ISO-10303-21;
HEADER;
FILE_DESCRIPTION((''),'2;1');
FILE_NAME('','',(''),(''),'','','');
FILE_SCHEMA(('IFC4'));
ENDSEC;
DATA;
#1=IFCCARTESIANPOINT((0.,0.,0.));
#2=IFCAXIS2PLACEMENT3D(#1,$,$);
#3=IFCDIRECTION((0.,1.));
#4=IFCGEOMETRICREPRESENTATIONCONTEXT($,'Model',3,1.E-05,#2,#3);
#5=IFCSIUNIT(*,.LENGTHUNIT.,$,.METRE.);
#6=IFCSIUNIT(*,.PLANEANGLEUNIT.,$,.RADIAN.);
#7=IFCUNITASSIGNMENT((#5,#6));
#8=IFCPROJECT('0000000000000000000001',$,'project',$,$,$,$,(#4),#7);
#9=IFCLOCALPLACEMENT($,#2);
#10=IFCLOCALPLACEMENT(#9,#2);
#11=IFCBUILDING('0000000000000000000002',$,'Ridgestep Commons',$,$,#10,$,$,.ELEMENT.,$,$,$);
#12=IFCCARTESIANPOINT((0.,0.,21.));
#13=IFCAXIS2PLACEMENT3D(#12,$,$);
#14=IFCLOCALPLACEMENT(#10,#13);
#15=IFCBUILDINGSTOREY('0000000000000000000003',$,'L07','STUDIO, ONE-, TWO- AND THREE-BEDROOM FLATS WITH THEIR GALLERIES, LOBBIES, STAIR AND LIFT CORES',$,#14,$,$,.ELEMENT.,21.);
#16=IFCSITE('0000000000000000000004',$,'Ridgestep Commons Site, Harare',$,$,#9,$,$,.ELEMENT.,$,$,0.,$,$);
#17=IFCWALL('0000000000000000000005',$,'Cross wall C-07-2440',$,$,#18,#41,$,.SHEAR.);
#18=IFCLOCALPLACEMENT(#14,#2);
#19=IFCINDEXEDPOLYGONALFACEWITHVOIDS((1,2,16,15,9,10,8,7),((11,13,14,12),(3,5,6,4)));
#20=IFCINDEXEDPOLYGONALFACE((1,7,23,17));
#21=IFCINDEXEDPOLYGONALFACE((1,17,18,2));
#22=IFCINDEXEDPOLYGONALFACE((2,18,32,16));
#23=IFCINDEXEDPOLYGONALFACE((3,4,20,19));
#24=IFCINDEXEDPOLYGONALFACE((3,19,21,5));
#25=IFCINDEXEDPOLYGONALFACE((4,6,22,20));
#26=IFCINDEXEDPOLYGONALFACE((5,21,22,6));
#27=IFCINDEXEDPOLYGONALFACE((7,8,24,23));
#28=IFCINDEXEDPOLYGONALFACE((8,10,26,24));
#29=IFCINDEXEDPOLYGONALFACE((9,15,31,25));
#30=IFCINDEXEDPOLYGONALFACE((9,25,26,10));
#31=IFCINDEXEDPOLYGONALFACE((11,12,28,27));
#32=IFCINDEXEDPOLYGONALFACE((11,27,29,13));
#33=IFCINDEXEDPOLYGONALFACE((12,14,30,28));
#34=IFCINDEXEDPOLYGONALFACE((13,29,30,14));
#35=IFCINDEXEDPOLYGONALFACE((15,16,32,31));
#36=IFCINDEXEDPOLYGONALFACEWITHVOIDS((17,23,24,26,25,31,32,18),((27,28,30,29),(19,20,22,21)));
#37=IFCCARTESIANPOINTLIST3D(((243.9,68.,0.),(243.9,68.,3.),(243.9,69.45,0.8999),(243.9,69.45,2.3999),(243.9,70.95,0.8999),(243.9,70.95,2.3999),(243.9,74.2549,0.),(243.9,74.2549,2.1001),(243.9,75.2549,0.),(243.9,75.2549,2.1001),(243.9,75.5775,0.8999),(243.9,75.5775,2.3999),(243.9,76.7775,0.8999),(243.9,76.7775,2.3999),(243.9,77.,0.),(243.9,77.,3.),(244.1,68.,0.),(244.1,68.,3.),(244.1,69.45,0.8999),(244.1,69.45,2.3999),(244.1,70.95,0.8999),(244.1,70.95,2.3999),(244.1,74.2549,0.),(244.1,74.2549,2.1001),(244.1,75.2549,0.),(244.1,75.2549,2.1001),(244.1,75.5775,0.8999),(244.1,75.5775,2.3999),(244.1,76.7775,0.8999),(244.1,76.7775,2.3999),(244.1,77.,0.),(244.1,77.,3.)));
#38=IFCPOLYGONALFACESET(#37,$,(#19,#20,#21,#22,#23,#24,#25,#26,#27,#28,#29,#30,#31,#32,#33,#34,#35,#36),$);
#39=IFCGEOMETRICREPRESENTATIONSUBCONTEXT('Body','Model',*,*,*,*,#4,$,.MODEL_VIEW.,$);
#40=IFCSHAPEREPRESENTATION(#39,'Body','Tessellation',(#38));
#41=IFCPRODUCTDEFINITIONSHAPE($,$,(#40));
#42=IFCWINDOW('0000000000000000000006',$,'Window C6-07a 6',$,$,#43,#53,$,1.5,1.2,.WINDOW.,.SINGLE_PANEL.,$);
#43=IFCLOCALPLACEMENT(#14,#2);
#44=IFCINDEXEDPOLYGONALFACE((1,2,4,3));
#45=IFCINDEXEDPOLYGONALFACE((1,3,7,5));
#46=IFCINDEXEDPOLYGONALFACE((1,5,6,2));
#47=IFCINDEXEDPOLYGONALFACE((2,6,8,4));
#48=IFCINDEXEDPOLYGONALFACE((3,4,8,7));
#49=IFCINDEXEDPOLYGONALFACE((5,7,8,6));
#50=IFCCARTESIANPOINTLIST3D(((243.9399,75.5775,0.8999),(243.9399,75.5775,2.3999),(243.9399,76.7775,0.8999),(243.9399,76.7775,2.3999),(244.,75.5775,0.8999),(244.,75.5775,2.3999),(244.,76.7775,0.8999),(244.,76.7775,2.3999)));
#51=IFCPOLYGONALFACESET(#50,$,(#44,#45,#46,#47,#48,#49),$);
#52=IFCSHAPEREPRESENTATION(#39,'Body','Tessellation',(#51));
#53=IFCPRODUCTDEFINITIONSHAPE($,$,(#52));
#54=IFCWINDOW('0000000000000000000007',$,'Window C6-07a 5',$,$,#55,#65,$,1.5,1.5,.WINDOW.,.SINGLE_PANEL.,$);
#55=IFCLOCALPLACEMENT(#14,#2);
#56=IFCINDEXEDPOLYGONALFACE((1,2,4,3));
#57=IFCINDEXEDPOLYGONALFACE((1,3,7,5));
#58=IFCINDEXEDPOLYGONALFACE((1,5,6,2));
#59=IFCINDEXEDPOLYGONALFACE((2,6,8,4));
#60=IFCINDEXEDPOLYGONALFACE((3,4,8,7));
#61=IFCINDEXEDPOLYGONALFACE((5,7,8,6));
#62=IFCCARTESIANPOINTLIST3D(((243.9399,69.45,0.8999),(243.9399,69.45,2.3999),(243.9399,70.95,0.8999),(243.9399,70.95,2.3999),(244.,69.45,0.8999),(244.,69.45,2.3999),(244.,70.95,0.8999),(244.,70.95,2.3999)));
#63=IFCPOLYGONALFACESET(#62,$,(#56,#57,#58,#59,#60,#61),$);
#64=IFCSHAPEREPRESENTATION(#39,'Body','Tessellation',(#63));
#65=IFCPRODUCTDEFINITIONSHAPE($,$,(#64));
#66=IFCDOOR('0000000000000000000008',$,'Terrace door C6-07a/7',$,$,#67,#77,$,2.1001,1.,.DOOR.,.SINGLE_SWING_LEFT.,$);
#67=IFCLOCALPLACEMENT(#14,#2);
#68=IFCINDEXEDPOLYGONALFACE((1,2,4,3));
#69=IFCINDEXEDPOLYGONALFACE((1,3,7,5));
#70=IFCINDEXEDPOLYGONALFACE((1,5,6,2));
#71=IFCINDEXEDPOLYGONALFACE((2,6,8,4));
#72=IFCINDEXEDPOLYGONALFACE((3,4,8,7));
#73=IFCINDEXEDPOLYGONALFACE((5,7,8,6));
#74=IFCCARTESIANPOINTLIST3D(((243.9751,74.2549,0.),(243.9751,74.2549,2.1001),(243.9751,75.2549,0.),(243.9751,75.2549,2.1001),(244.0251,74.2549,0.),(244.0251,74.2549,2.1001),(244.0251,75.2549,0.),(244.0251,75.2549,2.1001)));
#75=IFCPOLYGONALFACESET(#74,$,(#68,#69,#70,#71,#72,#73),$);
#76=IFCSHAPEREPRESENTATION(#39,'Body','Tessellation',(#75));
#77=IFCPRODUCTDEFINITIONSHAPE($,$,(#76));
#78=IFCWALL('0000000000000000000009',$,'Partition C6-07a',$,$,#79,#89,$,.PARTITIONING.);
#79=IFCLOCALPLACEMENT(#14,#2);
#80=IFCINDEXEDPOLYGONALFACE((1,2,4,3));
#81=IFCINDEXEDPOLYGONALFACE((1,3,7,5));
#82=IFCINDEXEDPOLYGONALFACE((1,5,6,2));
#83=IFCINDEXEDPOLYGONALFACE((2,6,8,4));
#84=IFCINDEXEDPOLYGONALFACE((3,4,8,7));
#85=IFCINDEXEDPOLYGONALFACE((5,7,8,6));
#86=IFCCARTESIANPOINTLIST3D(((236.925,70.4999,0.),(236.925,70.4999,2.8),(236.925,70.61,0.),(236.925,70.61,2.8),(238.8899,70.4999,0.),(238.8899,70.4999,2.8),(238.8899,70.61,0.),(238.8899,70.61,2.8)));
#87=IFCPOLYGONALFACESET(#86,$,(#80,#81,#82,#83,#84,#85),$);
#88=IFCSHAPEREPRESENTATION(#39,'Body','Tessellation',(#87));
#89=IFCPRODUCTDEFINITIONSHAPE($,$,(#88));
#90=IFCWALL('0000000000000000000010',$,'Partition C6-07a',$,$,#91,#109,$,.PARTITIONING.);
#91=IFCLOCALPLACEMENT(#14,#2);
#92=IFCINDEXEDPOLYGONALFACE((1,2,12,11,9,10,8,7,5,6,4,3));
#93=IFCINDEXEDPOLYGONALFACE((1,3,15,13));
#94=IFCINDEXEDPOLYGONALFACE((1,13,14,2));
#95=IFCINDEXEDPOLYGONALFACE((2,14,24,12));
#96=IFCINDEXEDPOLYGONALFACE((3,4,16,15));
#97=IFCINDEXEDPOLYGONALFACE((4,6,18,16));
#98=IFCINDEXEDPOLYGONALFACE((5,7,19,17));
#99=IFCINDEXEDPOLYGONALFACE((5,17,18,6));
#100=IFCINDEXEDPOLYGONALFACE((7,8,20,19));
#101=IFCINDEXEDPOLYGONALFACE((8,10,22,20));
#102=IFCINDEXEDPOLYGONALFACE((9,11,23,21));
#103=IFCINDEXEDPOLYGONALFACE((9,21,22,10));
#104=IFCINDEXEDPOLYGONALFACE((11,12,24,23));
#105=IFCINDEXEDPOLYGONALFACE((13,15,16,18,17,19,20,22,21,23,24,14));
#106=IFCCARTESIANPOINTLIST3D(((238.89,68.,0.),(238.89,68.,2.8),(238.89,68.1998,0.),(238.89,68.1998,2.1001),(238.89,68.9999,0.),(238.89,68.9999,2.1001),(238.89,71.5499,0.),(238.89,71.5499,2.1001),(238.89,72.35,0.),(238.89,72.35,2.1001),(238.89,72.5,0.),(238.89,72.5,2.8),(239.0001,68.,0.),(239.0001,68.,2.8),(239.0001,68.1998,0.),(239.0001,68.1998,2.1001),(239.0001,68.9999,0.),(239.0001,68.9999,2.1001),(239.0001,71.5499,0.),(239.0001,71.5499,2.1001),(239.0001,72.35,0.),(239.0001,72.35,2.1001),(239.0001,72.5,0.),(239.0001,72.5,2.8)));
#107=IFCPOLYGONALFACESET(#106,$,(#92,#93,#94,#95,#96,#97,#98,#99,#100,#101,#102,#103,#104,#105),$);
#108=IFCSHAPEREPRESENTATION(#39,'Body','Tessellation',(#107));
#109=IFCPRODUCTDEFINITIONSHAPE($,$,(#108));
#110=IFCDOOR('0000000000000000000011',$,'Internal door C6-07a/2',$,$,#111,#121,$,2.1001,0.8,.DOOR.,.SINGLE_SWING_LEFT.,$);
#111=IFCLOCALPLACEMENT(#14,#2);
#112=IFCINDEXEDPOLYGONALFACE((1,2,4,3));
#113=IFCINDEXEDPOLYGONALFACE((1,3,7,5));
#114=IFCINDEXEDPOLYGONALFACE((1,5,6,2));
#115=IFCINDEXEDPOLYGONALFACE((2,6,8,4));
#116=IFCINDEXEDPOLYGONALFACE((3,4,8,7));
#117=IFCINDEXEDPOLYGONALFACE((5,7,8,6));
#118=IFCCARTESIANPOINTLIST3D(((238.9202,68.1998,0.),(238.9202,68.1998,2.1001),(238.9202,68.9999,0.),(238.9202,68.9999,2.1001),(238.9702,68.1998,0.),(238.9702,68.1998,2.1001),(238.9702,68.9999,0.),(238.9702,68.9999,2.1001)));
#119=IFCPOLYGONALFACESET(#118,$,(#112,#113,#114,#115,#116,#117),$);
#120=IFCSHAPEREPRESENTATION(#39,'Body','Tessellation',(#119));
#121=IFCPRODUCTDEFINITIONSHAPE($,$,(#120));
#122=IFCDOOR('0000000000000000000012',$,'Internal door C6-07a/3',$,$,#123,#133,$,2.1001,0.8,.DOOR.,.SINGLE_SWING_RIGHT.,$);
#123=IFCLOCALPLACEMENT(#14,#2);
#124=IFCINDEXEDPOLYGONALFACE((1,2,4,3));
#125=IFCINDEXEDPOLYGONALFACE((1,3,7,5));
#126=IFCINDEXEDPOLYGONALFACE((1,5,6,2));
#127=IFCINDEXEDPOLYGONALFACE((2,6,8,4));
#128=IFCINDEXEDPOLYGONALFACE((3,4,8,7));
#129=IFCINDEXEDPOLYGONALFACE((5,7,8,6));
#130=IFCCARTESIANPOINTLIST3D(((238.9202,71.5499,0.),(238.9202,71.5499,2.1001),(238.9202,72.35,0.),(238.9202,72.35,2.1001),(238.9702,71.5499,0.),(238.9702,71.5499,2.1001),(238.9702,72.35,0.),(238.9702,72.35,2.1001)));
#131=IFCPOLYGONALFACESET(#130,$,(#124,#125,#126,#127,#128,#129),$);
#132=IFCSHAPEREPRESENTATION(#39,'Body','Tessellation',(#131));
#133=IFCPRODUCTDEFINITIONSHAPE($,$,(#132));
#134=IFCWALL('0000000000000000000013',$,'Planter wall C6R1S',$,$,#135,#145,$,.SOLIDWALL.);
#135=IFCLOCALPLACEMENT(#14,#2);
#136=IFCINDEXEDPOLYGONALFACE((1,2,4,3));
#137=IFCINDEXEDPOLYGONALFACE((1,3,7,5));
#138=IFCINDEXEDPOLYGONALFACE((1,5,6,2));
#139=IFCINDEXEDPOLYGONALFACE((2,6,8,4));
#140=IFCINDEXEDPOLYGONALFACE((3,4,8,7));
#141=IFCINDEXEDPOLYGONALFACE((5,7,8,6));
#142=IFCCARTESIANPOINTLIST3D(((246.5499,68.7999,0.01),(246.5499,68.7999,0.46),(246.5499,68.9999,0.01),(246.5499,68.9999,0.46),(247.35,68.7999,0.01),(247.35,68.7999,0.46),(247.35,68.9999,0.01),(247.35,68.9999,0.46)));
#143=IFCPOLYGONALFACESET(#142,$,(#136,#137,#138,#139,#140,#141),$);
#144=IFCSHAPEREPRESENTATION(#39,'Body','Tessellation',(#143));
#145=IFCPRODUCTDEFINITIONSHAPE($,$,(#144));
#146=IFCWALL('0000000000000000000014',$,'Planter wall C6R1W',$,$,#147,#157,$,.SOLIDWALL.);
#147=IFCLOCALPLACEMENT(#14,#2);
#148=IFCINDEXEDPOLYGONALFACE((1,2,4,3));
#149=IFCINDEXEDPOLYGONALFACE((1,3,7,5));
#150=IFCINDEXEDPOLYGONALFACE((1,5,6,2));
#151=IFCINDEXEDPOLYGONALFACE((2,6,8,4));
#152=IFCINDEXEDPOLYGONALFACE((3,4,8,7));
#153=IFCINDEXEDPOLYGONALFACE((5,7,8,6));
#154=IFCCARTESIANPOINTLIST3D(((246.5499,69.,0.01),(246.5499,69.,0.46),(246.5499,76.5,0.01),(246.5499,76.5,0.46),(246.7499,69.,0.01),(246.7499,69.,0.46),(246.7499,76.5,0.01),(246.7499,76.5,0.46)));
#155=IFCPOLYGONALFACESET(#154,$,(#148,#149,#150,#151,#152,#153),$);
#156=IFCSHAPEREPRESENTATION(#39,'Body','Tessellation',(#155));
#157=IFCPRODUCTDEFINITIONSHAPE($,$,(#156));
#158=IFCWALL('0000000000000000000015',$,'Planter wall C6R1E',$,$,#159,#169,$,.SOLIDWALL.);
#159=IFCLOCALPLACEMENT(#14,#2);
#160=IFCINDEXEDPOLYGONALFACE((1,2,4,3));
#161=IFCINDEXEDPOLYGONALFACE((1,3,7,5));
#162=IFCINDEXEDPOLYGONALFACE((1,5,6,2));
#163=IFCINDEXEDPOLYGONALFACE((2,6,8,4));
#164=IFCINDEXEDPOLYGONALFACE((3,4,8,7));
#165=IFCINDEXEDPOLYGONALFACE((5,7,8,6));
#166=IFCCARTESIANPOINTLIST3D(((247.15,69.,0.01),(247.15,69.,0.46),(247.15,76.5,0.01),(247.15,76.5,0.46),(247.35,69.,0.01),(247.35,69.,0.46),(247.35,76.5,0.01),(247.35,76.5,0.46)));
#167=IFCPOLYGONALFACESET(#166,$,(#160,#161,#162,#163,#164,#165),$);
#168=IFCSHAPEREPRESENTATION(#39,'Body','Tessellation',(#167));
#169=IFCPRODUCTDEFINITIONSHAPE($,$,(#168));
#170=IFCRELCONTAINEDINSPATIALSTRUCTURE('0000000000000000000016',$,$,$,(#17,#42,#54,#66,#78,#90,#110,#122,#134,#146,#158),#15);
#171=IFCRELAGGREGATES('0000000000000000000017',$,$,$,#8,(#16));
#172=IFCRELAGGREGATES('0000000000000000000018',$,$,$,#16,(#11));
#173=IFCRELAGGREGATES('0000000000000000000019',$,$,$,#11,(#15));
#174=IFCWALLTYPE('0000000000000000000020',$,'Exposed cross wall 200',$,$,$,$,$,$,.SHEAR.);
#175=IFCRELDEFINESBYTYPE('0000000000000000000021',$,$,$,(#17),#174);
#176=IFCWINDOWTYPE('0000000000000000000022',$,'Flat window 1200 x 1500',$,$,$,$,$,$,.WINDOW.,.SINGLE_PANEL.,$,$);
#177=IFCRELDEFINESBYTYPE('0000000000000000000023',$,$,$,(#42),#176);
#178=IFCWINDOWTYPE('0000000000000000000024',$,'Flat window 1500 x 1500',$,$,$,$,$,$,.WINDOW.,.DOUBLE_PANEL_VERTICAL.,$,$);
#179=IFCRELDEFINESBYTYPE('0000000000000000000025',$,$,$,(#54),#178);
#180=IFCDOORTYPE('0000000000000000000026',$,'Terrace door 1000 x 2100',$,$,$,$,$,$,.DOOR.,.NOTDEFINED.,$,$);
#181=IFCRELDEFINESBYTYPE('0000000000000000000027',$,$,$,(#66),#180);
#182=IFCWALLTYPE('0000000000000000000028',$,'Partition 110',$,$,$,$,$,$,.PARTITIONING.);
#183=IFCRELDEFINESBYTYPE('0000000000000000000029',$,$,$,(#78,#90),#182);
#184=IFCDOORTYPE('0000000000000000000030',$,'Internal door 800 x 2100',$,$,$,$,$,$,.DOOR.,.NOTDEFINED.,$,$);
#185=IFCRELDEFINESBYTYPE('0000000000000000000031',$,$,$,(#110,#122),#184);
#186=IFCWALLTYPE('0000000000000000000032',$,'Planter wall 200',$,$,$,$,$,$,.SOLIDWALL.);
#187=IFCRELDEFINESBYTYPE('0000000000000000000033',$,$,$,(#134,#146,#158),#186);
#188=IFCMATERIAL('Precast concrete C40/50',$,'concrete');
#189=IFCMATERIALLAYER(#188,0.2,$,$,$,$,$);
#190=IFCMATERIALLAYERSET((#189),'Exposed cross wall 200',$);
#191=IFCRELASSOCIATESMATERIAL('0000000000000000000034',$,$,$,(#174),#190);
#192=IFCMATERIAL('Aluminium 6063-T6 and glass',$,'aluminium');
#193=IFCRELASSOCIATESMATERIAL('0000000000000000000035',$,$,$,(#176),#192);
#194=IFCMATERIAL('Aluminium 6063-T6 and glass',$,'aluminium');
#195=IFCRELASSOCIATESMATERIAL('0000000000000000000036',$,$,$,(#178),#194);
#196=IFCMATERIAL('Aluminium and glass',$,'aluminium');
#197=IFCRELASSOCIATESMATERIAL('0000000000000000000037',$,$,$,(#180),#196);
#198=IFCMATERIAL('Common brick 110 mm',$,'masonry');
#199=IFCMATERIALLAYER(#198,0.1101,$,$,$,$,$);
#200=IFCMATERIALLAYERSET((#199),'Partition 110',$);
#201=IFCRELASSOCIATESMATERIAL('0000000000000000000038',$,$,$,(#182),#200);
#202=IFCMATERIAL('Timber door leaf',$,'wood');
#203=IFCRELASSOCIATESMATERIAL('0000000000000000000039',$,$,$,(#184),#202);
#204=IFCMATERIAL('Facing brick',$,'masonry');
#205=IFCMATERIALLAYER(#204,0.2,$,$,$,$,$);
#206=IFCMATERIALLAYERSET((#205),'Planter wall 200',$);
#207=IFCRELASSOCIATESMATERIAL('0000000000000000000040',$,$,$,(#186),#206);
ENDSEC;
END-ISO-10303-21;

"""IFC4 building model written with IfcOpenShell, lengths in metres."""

from ifc_helpers import new_model, si_unit, direction, frame, frame_2d, origin, place, context, subcontext, project, spatial, rectangle, extrude, material, layer, layer_set, type_object, element, fill, save


model = new_model("IFC4")

# Units and contexts
model_context = context("Model", 3, precision=1e-05, world=origin(), true_north=direction((0.0, 1.0)))
body_context = subcontext(model_context, "Body", "Model", "MODEL_VIEW")
ifc_project = project(units=[si_unit("LENGTHUNIT", "METRE"), si_unit("PLANEANGLEUNIT", "RADIAN")], contexts=[model_context])

# Site, building, storey
site_placement = place(None, origin())
site = spatial("IfcSite", under=ifc_project, at=site_placement, Name="Ridgestep Commons Site, Harare", CompositionType="ELEMENT", RefElevation=0.0)
building_placement = place(site_placement, origin())
building = spatial("IfcBuilding", under=site, at=building_placement, Name="Ridgestep Commons", CompositionType="ELEMENT")
storey_placement = place(building_placement, frame((0.0, 0.0, 21.0)))
storey = spatial("IfcBuildingStorey", under=building, at=storey_placement, Name="L07", Description="STUDIO, ONE-, TWO- AND THREE-BEDROOM FLATS WITH THEIR GALLERIES, LOBBIES, STAIR AND LIFT CORES", CompositionType="ELEMENT", Elevation=21.0)

# Wall, openings, windows, door
ifc_material_1 = material(Name="Precast concrete C40/50", Category="concrete")
ifc_layer_1 = layer(ifc_material_1, 0.2)
ifc_layer_set_1 = layer_set([ifc_layer_1], Name="Exposed cross wall 200")
wall_type_1 = type_object("IfcWallType", Name="Exposed cross wall 200", PredefinedType="SHEAR", material=ifc_layer_set_1)
wall_1_placement = place(storey_placement, frame((244.0, 68.0, 0.0), z_axis=(0.0, 0.0, 1.0), x_axis=(0.0, 1.0, 0.0)))
wall_1 = element("IfcWall", 1, at=wall_1_placement, inside=storey, type_object=wall_type_1, Name="Cross wall C-07-2440", PredefinedType="SHEAR", context=body_context, shape_type="SweptSolid", body=[
    extrude(rectangle(XDim=9.0, YDim=0.2, at=frame_2d((4.5, 0.0))), origin(), (0.0, 0.0, 1.0), 3.0),
])
opening_1_placement = place(wall_1_placement, frame((1.45, 0.0, 0.8999)))
opening_1 = element("IfcOpeningElement", 2, at=opening_1_placement, cuts=wall_1, PredefinedType="OPENING", context=body_context, shape_type="SweptSolid", body=[
    extrude(rectangle(XDim=1.5, YDim=1.5, at=frame_2d((0.75, 0.75))), frame((0.0, 0.1099, 0.0), z_axis=(0.0, -1.0, 0.0), x_axis=(1.0, 0.0, 0.0)), (0.0, 0.0, 1.0), 0.22),
])
opening_2_placement = place(wall_1_placement, frame((7.5774, 0.0, 0.8999)))
opening_2 = element("IfcOpeningElement", 3, at=opening_2_placement, cuts=wall_1, PredefinedType="OPENING", context=body_context, shape_type="SweptSolid", body=[
    extrude(rectangle(XDim=1.2, YDim=1.5, at=frame_2d((0.6001, 0.75))), frame((0.0, 0.1099, 0.0), z_axis=(0.0, -1.0, 0.0), x_axis=(1.0, 0.0, 0.0)), (0.0, 0.0, 1.0), 0.22),
])
opening_3_placement = place(wall_1_placement, frame((6.2549, 0.0, 0.0)))
opening_3 = element("IfcOpeningElement", 4, at=opening_3_placement, cuts=wall_1, PredefinedType="OPENING", context=body_context, shape_type="SweptSolid", body=[
    extrude(rectangle(XDim=1.0, YDim=2.1001, at=frame_2d((0.5, 1.05))), frame((0.0, 0.1099, 0.0), z_axis=(0.0, -1.0, 0.0), x_axis=(1.0, 0.0, 0.0)), (0.0, 0.0, 1.0), 0.22),
])
ifc_material_2 = material(Name="Aluminium 6063-T6 and glass", Category="aluminium")
window_type_1 = type_object("IfcWindowType", Name="Flat window 1200 x 1500", PartitioningType="SINGLE_PANEL", PredefinedType="WINDOW", material=ifc_material_2)
window_1_placement = place(opening_2_placement, origin())
window_1 = element("IfcWindow", 5, at=window_1_placement, inside=storey, type_object=window_type_1, Name="Window C6-07a 6", OverallHeight=1.5, OverallWidth=1.2, PartitioningType="SINGLE_PANEL", PredefinedType="WINDOW", context=body_context, shape_type="SweptSolid", body=[
    extrude(rectangle(XDim=1.2, YDim=1.5, at=frame_2d((0.6001, 0.75))), frame((0.0, 0.0601, 0.0), z_axis=(0.0, -1.0, 0.0), x_axis=(1.0, 0.0, 0.0)), (0.0, 0.0, 1.0), 0.0601),
])
fill(opening_2, window_1)
ifc_material_3 = material(Name="Aluminium 6063-T6 and glass", Category="aluminium")
window_type_2 = type_object("IfcWindowType", Name="Flat window 1500 x 1500", PartitioningType="DOUBLE_PANEL_VERTICAL", PredefinedType="WINDOW", material=ifc_material_3)
window_2_placement = place(opening_1_placement, origin())
window_2 = element("IfcWindow", 6, at=window_2_placement, inside=storey, type_object=window_type_2, Name="Window C6-07a 5", OverallHeight=1.5, OverallWidth=1.5, PartitioningType="SINGLE_PANEL", PredefinedType="WINDOW", context=body_context, shape_type="SweptSolid", body=[
    extrude(rectangle(XDim=1.5, YDim=1.5, at=frame_2d((0.75, 0.75))), frame((0.0, 0.0601, 0.0), z_axis=(0.0, -1.0, 0.0), x_axis=(1.0, 0.0, 0.0)), (0.0, 0.0, 1.0), 0.0601),
])
fill(opening_1, window_2)
ifc_material_4 = material(Name="Aluminium and glass", Category="aluminium")
door_type_1 = type_object("IfcDoorType", Name="Terrace door 1000 x 2100", OperationType="NOTDEFINED", PredefinedType="DOOR", material=ifc_material_4)
door_1_placement = place(opening_3_placement, origin())
door_1 = element("IfcDoor", 7, at=door_1_placement, inside=storey, type_object=door_type_1, Name="Terrace door C6-07a/7", OperationType="SINGLE_SWING_LEFT", OverallHeight=2.1001, OverallWidth=1.0, PredefinedType="DOOR", context=body_context, shape_type="SweptSolid", body=[
    extrude(rectangle(XDim=1.0, YDim=2.1001, at=frame_2d((0.5, 1.05))), frame((0.0, 0.0249, 0.0), z_axis=(0.0, -1.0, 0.0), x_axis=(1.0, 0.0, 0.0)), (0.0, 0.0, 1.0), 0.05),
])
fill(opening_3, door_1)

# Wall
ifc_material_5 = material(Name="Common brick 110 mm", Category="masonry")
ifc_layer_2 = layer(ifc_material_5, 0.1101)
ifc_layer_set_2 = layer_set([ifc_layer_2], Name="Partition 110")
wall_type_2 = type_object("IfcWallType", Name="Partition 110", PredefinedType="PARTITIONING", material=ifc_layer_set_2)
wall_2_placement = place(storey_placement, frame((236.925, 70.5549, 0.0), z_axis=(0.0, 0.0, 1.0), x_axis=(1.0, 0.0, 0.0)))
element("IfcWall", 8, at=wall_2_placement, inside=storey, type_object=wall_type_2, Name="Partition C6-07a", PredefinedType="PARTITIONING", context=body_context, shape_type="SweptSolid", body=[
    extrude(rectangle(XDim=1.9648, YDim=0.1101, at=frame_2d((0.9824, 0.0))), origin(), (0.0, 0.0, 1.0), 2.8),
])

# Wall, openings, doors
wall_3_placement = place(storey_placement, frame((238.9451, 68.0, 0.0), z_axis=(0.0, 0.0, 1.0), x_axis=(0.0, 1.0, 0.0)))
wall_3 = element("IfcWall", 9, at=wall_3_placement, inside=storey, type_object=wall_type_2, Name="Partition C6-07a", PredefinedType="PARTITIONING", context=body_context, shape_type="SweptSolid", body=[
    extrude(rectangle(XDim=4.5, YDim=0.1101, at=frame_2d((2.25, 0.0))), origin(), (0.0, 0.0, 1.0), 2.8),
])
opening_4_placement = place(wall_3_placement, frame((0.2, 0.0, 0.0)))
opening_4 = element("IfcOpeningElement", 10, at=opening_4_placement, cuts=wall_3, PredefinedType="OPENING", context=body_context, shape_type="SweptSolid", body=[
    extrude(rectangle(XDim=0.8, YDim=2.1001, at=frame_2d((0.3999, 1.05))), frame((0.0, 0.0649, 0.0), z_axis=(0.0, -1.0, 0.0), x_axis=(1.0, 0.0, 0.0)), (0.0, 0.0, 1.0), 0.1301),
])
opening_5_placement = place(wall_3_placement, frame((3.55, 0.0, 0.0)))
opening_5 = element("IfcOpeningElement", 11, at=opening_5_placement, cuts=wall_3, PredefinedType="OPENING", context=body_context, shape_type="SweptSolid", body=[
    extrude(rectangle(XDim=0.8, YDim=2.1001, at=frame_2d((0.3999, 1.05))), frame((0.0, 0.0649, 0.0), z_axis=(0.0, -1.0, 0.0), x_axis=(1.0, 0.0, 0.0)), (0.0, 0.0, 1.0), 0.1301),
])
ifc_material_6 = material(Name="Timber door leaf", Category="wood")
door_type_2 = type_object("IfcDoorType", Name="Internal door 800 x 2100", OperationType="NOTDEFINED", PredefinedType="DOOR", material=ifc_material_6)
door_2_placement = place(opening_4_placement, origin())
door_2 = element("IfcDoor", 12, at=door_2_placement, inside=storey, type_object=door_type_2, Name="Internal door C6-07a/2", OperationType="SINGLE_SWING_LEFT", OverallHeight=2.1001, OverallWidth=0.8, PredefinedType="DOOR", context=body_context, shape_type="SweptSolid", body=[
    extrude(rectangle(XDim=0.8, YDim=2.1001, at=frame_2d((0.3999, 1.05))), frame((0.0, 0.0249, 0.0), z_axis=(0.0, -1.0, 0.0), x_axis=(1.0, 0.0, 0.0)), (0.0, 0.0, 1.0), 0.05),
])
fill(opening_4, door_2)
door_3_placement = place(opening_5_placement, origin())
door_3 = element("IfcDoor", 13, at=door_3_placement, inside=storey, type_object=door_type_2, Name="Internal door C6-07a/3", OperationType="SINGLE_SWING_RIGHT", OverallHeight=2.1001, OverallWidth=0.8, PredefinedType="DOOR", context=body_context, shape_type="SweptSolid", body=[
    extrude(rectangle(XDim=0.8, YDim=2.1001, at=frame_2d((0.3999, 1.05))), frame((0.0, 0.0249, 0.0), z_axis=(0.0, -1.0, 0.0), x_axis=(1.0, 0.0, 0.0)), (0.0, 0.0, 1.0), 0.05),
])
fill(opening_5, door_3)

# Walls
ifc_material_7 = material(Name="Facing brick", Category="masonry")
ifc_layer_3 = layer(ifc_material_7, 0.2)
ifc_layer_set_3 = layer_set([ifc_layer_3], Name="Planter wall 200")
wall_type_3 = type_object("IfcWallType", Name="Planter wall 200", PredefinedType="SOLIDWALL", material=ifc_layer_set_3)
wall_4_placement = place(storey_placement, frame((246.55, 68.8999, 0.01), z_axis=(0.0, 0.0, 1.0), x_axis=(1.0, 0.0, 0.0)))
element("IfcWall", 14, at=wall_4_placement, inside=storey, type_object=wall_type_3, Name="Planter wall C6R1S", PredefinedType="SOLIDWALL", context=body_context, shape_type="SweptSolid", body=[
    extrude(rectangle(XDim=0.8, YDim=0.2, at=frame_2d((0.3999, 0.0))), origin(), (0.0, 0.0, 1.0), 0.45),
])
for number, where, z_axis, x_axis, name in (
    (15, (246.6499, 69.0, 0.01), (0.0, 0.0, 1.0), (0.0, 1.0, 0.0), "Planter wall C6R1W"),
    (16, (247.25, 69.0, 0.01), (0.0, 0.0, 1.0), (0.0, 1.0, 0.0), "Planter wall C6R1E"),
):
    element("IfcWall", number, at=place(storey_placement, frame(where, z_axis=z_axis, x_axis=x_axis)), inside=storey, type_object=wall_type_3, Name=name, PredefinedType="SOLIDWALL", context=body_context, shape_type="SweptSolid", body=[
        extrude(rectangle(XDim=7.5, YDim=0.2, at=frame_2d((3.75, 0.0))), origin(), (0.0, 0.0, 1.0), 0.45),
    ])

save(model, "model.ifc")
